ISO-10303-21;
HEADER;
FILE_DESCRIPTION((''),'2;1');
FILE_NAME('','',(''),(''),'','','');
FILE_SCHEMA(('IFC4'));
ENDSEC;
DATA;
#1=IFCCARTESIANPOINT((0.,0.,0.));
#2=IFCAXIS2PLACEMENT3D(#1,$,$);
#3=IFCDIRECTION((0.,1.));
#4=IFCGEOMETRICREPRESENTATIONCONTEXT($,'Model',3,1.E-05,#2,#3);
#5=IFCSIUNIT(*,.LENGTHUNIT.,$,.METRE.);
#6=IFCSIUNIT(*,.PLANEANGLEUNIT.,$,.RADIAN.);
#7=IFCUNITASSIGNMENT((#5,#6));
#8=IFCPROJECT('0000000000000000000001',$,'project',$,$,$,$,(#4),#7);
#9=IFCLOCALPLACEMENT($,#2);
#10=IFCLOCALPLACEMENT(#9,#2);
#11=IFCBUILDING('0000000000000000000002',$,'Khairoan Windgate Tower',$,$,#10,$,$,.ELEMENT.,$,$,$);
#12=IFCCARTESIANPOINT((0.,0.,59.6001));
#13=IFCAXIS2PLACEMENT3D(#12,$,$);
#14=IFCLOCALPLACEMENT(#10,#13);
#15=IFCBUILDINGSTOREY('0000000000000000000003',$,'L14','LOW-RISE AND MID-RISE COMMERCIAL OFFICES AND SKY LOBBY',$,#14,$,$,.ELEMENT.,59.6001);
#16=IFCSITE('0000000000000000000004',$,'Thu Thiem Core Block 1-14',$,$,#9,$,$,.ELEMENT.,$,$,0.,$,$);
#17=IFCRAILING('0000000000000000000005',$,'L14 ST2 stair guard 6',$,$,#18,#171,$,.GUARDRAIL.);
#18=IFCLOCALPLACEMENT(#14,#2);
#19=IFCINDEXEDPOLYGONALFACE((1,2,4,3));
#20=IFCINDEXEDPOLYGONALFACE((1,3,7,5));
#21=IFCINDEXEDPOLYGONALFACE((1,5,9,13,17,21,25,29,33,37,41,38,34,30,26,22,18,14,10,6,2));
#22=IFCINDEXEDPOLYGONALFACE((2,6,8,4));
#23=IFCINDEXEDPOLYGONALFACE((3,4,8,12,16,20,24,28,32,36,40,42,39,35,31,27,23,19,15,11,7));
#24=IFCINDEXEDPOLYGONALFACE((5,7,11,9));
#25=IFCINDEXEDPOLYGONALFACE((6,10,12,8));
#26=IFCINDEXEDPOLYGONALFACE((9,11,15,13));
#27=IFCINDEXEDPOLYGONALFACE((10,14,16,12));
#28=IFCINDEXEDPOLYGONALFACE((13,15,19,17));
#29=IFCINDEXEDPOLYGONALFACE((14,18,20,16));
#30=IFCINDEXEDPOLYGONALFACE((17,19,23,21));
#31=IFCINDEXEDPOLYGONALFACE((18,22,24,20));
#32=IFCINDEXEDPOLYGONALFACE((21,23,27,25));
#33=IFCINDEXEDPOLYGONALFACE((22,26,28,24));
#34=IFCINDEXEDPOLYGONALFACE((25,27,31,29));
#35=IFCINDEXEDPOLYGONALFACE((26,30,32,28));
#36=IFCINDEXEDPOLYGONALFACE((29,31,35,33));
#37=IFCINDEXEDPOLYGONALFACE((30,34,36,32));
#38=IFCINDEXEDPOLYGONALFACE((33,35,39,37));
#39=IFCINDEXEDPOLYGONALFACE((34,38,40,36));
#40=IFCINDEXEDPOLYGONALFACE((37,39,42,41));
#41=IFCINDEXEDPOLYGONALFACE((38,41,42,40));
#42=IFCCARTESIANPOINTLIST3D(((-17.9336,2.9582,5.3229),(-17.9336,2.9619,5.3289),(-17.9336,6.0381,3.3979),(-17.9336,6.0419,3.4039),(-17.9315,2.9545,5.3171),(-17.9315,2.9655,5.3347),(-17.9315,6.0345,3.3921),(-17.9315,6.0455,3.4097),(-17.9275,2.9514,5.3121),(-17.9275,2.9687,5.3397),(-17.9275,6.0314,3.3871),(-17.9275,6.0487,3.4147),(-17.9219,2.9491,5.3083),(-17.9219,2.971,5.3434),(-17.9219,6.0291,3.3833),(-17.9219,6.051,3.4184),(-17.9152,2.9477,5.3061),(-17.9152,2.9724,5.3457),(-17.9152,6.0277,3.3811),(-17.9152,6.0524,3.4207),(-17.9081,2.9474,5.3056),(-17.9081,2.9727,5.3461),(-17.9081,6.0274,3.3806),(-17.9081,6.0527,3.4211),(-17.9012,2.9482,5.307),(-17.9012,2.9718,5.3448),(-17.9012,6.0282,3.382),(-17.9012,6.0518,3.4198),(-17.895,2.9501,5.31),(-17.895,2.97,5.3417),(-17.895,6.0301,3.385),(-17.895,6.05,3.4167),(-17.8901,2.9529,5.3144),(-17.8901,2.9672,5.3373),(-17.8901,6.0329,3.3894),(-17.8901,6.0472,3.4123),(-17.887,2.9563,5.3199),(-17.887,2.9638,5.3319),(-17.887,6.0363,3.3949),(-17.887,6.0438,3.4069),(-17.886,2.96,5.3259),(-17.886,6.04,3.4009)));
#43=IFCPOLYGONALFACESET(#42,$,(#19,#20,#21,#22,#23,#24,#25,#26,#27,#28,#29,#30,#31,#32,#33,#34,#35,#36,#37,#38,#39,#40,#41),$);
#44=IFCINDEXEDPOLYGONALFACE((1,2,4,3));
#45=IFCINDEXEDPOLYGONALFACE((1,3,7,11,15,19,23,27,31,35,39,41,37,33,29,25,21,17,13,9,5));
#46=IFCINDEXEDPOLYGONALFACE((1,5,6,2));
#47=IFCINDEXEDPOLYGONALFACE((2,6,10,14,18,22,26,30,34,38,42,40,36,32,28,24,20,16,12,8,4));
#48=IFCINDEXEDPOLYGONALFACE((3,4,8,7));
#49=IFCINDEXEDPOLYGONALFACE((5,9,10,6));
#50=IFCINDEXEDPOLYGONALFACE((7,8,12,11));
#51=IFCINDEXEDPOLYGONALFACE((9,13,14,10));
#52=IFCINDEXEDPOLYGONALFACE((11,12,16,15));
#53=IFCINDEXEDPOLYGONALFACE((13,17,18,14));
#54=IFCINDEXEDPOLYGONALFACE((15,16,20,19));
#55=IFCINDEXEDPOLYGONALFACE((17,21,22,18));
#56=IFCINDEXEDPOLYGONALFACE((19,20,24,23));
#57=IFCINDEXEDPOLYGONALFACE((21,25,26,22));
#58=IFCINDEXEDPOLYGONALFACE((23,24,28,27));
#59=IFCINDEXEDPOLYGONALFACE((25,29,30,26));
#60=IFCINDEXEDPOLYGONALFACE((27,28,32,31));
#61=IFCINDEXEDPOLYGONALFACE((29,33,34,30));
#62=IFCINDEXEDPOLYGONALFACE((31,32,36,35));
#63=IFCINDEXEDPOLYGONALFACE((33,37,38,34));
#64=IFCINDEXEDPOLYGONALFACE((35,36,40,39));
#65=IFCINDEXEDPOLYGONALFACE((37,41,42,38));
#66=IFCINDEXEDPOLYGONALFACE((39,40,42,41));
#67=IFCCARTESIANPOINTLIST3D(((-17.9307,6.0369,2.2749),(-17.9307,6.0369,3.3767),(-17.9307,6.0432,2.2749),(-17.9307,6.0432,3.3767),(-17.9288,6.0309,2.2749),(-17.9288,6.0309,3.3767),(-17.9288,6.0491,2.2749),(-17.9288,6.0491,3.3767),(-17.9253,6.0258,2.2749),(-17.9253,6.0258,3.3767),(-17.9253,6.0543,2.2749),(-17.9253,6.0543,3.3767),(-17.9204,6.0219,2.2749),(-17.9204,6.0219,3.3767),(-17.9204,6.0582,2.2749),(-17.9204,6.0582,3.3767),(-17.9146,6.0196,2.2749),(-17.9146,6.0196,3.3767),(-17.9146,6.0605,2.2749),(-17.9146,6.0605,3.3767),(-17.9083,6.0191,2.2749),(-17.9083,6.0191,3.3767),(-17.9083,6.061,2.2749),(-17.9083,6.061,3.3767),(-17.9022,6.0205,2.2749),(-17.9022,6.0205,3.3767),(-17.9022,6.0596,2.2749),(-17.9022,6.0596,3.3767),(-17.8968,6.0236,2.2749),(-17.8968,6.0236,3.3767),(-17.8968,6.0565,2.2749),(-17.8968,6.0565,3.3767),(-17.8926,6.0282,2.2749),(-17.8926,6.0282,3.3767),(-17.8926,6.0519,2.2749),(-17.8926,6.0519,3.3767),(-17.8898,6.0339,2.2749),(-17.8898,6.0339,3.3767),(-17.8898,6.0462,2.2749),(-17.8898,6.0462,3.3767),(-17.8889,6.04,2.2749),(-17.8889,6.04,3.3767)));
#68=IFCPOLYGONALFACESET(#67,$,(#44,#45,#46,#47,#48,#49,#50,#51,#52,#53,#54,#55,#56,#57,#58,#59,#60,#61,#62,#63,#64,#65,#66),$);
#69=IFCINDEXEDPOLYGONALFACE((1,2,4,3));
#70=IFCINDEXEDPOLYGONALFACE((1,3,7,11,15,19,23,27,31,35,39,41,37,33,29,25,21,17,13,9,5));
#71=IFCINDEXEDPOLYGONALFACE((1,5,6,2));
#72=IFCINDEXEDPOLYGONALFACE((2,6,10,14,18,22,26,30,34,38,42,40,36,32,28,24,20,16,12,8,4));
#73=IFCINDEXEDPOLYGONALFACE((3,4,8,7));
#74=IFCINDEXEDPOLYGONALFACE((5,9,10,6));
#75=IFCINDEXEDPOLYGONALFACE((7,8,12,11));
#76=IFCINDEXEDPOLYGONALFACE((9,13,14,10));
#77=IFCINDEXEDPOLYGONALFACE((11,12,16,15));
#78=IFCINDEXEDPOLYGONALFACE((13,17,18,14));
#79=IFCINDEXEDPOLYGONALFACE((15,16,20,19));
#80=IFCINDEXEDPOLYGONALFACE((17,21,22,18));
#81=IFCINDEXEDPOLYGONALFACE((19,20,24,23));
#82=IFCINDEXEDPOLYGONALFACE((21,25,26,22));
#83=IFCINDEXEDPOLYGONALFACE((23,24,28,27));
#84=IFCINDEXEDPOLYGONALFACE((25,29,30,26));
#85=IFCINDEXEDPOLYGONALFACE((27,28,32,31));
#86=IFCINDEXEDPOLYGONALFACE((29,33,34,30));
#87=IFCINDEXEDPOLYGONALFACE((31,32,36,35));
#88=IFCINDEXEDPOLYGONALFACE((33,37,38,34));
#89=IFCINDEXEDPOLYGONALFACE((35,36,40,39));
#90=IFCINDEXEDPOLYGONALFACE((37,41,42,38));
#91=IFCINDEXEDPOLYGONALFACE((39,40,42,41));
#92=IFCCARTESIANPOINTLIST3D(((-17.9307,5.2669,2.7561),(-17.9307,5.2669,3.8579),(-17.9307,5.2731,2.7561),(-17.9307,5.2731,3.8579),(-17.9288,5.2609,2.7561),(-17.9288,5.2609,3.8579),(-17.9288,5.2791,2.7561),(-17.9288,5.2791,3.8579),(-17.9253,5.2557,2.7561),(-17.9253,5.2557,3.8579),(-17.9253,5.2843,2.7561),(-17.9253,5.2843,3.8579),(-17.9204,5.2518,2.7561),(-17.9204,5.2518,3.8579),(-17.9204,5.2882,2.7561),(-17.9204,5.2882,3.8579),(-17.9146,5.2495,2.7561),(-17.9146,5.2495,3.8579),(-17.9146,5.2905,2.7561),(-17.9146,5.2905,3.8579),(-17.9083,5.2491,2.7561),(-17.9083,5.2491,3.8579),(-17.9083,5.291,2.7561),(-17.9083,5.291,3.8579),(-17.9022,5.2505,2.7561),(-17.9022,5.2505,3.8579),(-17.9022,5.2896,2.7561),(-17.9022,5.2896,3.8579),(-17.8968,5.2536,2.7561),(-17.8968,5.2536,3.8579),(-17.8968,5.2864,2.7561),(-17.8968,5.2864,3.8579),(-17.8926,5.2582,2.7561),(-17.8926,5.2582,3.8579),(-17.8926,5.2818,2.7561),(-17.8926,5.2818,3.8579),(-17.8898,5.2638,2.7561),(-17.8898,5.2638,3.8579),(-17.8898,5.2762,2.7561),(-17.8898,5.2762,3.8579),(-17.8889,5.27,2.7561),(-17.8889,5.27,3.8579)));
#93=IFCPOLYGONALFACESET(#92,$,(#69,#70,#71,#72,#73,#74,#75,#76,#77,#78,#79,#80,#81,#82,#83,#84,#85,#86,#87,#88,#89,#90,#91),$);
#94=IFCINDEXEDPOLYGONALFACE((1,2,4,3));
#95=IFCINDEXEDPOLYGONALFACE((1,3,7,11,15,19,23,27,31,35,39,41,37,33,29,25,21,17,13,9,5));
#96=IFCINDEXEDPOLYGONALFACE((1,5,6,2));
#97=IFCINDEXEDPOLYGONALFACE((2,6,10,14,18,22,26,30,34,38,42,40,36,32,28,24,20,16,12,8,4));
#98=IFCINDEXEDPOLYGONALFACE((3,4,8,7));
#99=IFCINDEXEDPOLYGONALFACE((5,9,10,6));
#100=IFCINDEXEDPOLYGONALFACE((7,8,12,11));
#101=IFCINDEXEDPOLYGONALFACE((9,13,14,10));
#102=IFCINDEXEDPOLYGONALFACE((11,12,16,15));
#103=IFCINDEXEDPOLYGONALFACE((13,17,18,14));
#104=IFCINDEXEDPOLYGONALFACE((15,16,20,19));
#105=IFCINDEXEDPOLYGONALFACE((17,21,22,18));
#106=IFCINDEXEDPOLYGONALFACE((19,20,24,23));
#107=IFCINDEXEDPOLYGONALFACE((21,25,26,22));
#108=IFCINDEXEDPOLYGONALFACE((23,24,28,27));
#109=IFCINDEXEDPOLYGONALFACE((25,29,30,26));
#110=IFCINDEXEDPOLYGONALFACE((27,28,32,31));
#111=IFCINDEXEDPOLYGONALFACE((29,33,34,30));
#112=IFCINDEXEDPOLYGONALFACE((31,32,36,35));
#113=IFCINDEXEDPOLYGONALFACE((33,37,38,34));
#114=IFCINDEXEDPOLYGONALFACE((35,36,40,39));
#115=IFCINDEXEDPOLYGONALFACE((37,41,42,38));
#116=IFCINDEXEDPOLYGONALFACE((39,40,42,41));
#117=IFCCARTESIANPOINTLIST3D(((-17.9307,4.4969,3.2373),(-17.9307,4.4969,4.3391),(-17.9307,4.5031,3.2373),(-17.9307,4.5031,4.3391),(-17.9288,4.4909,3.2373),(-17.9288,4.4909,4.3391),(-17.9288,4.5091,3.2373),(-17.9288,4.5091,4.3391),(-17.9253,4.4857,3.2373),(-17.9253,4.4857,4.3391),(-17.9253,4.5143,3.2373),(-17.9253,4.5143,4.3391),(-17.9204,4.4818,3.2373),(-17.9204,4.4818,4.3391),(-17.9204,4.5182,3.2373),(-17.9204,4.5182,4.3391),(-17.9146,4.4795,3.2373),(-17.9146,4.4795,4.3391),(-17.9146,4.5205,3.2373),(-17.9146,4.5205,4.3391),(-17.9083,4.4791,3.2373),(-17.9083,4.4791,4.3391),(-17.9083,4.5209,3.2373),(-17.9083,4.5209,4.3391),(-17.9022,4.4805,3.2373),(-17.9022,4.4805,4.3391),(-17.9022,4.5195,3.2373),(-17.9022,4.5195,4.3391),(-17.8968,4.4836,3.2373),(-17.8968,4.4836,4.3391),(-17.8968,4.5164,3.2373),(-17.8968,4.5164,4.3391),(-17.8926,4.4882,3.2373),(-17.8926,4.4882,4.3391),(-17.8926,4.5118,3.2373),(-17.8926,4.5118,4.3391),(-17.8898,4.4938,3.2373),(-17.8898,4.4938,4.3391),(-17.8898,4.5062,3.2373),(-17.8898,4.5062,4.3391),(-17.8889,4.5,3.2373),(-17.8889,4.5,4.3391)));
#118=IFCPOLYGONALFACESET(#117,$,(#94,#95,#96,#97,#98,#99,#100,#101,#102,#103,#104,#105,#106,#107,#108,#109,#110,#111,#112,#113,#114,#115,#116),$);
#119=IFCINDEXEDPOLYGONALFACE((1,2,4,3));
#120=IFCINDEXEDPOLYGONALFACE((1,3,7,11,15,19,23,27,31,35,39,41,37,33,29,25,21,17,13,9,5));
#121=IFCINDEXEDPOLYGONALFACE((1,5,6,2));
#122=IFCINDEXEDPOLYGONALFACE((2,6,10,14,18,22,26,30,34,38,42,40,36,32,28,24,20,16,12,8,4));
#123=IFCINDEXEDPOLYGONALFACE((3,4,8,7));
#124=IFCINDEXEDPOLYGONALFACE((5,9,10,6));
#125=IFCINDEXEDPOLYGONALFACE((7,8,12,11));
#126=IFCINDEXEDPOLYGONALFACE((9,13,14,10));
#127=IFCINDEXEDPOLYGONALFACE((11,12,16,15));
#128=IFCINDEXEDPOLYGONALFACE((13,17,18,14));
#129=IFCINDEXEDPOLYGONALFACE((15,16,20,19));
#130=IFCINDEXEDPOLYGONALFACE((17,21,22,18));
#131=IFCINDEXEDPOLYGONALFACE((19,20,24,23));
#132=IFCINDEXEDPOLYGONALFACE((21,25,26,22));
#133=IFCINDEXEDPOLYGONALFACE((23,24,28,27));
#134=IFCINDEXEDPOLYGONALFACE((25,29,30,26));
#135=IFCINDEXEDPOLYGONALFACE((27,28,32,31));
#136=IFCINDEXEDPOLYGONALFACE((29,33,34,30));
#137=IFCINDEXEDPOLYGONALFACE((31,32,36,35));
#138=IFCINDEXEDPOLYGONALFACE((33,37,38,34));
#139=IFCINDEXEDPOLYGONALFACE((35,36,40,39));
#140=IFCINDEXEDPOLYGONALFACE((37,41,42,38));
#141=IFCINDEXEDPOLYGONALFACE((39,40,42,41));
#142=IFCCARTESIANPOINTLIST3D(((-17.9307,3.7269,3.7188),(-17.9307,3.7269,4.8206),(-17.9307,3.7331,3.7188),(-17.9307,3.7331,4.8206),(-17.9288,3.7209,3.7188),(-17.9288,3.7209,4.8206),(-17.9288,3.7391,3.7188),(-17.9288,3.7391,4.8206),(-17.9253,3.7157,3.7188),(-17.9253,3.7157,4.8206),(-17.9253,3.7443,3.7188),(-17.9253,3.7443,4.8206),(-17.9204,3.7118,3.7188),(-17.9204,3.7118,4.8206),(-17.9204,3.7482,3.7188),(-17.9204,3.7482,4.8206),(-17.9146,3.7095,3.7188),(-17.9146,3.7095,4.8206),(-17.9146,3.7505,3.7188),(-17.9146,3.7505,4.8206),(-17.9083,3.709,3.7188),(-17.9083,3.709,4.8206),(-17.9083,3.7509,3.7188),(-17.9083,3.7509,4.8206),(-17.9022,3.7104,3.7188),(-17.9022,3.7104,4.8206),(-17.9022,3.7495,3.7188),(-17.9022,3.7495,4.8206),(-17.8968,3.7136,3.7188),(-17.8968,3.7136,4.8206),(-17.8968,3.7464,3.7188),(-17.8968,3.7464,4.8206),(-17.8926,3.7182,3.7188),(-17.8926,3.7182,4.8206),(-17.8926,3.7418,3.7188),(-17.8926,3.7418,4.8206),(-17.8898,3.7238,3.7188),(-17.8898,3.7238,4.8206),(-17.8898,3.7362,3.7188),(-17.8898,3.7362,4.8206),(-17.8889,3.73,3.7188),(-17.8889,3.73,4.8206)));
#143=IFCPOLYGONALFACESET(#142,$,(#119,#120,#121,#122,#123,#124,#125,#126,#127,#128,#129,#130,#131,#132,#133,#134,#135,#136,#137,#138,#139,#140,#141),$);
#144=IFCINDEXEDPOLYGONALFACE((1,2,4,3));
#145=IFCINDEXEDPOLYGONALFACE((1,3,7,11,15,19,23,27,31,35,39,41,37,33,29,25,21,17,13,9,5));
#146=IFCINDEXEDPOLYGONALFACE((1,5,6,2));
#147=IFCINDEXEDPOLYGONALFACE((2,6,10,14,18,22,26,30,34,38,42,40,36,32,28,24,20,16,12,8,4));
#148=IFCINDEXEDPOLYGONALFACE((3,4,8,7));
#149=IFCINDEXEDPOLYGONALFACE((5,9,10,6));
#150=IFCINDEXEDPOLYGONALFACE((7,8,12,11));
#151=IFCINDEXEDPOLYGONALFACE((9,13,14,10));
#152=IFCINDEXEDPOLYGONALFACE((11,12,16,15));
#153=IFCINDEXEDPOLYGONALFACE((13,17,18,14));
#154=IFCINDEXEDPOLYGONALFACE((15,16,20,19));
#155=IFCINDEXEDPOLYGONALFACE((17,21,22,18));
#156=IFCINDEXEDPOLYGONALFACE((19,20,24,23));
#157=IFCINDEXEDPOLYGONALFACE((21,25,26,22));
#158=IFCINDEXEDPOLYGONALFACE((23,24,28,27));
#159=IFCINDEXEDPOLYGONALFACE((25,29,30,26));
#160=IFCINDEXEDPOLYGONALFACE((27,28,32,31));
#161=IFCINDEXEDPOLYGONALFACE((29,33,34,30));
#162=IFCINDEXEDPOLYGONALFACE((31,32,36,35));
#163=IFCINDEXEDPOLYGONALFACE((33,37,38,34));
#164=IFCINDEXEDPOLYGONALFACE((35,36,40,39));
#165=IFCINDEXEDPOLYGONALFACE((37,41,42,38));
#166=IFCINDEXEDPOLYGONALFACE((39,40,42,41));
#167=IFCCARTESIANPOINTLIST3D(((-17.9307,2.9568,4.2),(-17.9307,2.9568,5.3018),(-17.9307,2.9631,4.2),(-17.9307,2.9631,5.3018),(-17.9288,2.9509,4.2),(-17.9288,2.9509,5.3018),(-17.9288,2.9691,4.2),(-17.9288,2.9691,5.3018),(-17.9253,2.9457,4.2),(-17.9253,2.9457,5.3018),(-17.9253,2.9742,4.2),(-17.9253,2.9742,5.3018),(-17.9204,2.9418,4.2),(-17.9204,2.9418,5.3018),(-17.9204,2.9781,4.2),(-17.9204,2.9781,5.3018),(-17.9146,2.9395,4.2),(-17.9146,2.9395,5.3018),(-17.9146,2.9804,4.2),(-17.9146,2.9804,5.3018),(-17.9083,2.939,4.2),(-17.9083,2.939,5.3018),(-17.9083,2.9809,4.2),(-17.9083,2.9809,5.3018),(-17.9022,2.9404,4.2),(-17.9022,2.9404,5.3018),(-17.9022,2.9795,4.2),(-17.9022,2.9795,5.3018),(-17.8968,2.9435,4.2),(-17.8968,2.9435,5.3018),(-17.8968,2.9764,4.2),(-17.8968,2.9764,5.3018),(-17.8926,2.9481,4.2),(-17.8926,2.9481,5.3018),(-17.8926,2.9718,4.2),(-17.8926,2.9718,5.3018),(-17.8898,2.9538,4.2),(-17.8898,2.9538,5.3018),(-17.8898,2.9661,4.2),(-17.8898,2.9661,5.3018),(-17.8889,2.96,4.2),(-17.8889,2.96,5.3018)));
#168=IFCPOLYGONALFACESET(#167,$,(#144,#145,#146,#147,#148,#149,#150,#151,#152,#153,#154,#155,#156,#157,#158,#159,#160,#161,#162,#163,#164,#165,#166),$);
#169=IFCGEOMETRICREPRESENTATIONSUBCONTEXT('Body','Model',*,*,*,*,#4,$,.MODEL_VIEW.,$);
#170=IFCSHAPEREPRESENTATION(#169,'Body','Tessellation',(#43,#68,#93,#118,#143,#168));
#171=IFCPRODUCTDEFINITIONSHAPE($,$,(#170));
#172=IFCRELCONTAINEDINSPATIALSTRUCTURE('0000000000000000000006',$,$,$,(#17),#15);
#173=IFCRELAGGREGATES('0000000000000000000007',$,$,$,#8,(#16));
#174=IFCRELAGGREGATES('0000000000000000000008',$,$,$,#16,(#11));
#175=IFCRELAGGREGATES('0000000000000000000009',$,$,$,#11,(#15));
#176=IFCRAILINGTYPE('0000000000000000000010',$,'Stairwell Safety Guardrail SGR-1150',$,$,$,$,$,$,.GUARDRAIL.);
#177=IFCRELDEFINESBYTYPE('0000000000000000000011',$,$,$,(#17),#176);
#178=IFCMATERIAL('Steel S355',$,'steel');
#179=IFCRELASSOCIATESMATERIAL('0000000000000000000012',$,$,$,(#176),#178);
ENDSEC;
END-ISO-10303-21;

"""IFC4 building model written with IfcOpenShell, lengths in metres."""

from ifc_helpers import new_model, si_unit, direction, frame, origin, origin_2d, place, context, subcontext, project, spatial, circle, extrude, material, type_object, element, save


model = new_model("IFC4")

# Units and contexts
model_context = context("Model", 3, precision=1e-05, world=origin(), true_north=direction((0.0, 1.0)))
body_context = subcontext(model_context, "Body", "Model", "MODEL_VIEW")
ifc_project = project(units=[si_unit("LENGTHUNIT", "METRE"), si_unit("PLANEANGLEUNIT", "RADIAN")], contexts=[model_context])

# Site, building, storey
site_placement = place(None, origin())
site = spatial("IfcSite", under=ifc_project, at=site_placement, Name="Thu Thiem Core Block 1-14", CompositionType="ELEMENT", RefElevation=0.0)
building_placement = place(site_placement, origin())
building = spatial("IfcBuilding", under=site, at=building_placement, Name="Khairoan Windgate Tower", CompositionType="ELEMENT")
storey_placement = place(building_placement, frame((0.0, 0.0, 59.6001)))
storey = spatial("IfcBuildingStorey", under=building, at=storey_placement, Name="L14", Description="LOW-RISE AND MID-RISE COMMERCIAL OFFICES AND SKY LOBBY", CompositionType="ELEMENT", Elevation=59.6001)

# Railing
ifc_material_1 = material(Name="Steel S355", Category="steel")
railing_type_1 = type_object("IfcRailingType", Name="Stairwell Safety Guardrail SGR-1150", PredefinedType="GUARDRAIL", material=ifc_material_1)
railing_1_placement = place(storey_placement, frame((-17.9099, 6.04, 2.2749)))
element("IfcRailing", 1, at=railing_1_placement, inside=storey, type_object=railing_type_1, Name="L14 ST2 stair guard 6", PredefinedType="GUARDRAIL", context=body_context, shape_type="SweptSolid", body=[
    extrude(circle(Radius=0.0239, at=origin_2d()), frame((0.0, 0.0, 1.126), z_axis=(0.0, -0.847998, 0.529999), x_axis=(1.0, 0.0, 0.0)), (0.0, 0.0, 1.0), 3.6321),
    extrude(circle(Radius=0.021, at=origin_2d()), origin(), (0.0, 0.0, 1.0), 1.1018),
    extrude(circle(Radius=0.021, at=origin_2d()), frame((0.0, -0.77, 0.4812)), (0.0, 0.0, 1.0), 1.1018),
    extrude(circle(Radius=0.021, at=origin_2d()), frame((0.0, -1.54, 0.9624)), (0.0, 0.0, 1.0), 1.1018),
    extrude(circle(Radius=0.021, at=origin_2d()), frame((0.0, -2.3101, 1.4438)), (0.0, 0.0, 1.0), 1.1018),
    extrude(circle(Radius=0.021, at=origin_2d()), frame((0.0, -3.0801, 1.925)), (0.0, 0.0, 1.0), 1.1018),
])

save(model, "model.ifc")
